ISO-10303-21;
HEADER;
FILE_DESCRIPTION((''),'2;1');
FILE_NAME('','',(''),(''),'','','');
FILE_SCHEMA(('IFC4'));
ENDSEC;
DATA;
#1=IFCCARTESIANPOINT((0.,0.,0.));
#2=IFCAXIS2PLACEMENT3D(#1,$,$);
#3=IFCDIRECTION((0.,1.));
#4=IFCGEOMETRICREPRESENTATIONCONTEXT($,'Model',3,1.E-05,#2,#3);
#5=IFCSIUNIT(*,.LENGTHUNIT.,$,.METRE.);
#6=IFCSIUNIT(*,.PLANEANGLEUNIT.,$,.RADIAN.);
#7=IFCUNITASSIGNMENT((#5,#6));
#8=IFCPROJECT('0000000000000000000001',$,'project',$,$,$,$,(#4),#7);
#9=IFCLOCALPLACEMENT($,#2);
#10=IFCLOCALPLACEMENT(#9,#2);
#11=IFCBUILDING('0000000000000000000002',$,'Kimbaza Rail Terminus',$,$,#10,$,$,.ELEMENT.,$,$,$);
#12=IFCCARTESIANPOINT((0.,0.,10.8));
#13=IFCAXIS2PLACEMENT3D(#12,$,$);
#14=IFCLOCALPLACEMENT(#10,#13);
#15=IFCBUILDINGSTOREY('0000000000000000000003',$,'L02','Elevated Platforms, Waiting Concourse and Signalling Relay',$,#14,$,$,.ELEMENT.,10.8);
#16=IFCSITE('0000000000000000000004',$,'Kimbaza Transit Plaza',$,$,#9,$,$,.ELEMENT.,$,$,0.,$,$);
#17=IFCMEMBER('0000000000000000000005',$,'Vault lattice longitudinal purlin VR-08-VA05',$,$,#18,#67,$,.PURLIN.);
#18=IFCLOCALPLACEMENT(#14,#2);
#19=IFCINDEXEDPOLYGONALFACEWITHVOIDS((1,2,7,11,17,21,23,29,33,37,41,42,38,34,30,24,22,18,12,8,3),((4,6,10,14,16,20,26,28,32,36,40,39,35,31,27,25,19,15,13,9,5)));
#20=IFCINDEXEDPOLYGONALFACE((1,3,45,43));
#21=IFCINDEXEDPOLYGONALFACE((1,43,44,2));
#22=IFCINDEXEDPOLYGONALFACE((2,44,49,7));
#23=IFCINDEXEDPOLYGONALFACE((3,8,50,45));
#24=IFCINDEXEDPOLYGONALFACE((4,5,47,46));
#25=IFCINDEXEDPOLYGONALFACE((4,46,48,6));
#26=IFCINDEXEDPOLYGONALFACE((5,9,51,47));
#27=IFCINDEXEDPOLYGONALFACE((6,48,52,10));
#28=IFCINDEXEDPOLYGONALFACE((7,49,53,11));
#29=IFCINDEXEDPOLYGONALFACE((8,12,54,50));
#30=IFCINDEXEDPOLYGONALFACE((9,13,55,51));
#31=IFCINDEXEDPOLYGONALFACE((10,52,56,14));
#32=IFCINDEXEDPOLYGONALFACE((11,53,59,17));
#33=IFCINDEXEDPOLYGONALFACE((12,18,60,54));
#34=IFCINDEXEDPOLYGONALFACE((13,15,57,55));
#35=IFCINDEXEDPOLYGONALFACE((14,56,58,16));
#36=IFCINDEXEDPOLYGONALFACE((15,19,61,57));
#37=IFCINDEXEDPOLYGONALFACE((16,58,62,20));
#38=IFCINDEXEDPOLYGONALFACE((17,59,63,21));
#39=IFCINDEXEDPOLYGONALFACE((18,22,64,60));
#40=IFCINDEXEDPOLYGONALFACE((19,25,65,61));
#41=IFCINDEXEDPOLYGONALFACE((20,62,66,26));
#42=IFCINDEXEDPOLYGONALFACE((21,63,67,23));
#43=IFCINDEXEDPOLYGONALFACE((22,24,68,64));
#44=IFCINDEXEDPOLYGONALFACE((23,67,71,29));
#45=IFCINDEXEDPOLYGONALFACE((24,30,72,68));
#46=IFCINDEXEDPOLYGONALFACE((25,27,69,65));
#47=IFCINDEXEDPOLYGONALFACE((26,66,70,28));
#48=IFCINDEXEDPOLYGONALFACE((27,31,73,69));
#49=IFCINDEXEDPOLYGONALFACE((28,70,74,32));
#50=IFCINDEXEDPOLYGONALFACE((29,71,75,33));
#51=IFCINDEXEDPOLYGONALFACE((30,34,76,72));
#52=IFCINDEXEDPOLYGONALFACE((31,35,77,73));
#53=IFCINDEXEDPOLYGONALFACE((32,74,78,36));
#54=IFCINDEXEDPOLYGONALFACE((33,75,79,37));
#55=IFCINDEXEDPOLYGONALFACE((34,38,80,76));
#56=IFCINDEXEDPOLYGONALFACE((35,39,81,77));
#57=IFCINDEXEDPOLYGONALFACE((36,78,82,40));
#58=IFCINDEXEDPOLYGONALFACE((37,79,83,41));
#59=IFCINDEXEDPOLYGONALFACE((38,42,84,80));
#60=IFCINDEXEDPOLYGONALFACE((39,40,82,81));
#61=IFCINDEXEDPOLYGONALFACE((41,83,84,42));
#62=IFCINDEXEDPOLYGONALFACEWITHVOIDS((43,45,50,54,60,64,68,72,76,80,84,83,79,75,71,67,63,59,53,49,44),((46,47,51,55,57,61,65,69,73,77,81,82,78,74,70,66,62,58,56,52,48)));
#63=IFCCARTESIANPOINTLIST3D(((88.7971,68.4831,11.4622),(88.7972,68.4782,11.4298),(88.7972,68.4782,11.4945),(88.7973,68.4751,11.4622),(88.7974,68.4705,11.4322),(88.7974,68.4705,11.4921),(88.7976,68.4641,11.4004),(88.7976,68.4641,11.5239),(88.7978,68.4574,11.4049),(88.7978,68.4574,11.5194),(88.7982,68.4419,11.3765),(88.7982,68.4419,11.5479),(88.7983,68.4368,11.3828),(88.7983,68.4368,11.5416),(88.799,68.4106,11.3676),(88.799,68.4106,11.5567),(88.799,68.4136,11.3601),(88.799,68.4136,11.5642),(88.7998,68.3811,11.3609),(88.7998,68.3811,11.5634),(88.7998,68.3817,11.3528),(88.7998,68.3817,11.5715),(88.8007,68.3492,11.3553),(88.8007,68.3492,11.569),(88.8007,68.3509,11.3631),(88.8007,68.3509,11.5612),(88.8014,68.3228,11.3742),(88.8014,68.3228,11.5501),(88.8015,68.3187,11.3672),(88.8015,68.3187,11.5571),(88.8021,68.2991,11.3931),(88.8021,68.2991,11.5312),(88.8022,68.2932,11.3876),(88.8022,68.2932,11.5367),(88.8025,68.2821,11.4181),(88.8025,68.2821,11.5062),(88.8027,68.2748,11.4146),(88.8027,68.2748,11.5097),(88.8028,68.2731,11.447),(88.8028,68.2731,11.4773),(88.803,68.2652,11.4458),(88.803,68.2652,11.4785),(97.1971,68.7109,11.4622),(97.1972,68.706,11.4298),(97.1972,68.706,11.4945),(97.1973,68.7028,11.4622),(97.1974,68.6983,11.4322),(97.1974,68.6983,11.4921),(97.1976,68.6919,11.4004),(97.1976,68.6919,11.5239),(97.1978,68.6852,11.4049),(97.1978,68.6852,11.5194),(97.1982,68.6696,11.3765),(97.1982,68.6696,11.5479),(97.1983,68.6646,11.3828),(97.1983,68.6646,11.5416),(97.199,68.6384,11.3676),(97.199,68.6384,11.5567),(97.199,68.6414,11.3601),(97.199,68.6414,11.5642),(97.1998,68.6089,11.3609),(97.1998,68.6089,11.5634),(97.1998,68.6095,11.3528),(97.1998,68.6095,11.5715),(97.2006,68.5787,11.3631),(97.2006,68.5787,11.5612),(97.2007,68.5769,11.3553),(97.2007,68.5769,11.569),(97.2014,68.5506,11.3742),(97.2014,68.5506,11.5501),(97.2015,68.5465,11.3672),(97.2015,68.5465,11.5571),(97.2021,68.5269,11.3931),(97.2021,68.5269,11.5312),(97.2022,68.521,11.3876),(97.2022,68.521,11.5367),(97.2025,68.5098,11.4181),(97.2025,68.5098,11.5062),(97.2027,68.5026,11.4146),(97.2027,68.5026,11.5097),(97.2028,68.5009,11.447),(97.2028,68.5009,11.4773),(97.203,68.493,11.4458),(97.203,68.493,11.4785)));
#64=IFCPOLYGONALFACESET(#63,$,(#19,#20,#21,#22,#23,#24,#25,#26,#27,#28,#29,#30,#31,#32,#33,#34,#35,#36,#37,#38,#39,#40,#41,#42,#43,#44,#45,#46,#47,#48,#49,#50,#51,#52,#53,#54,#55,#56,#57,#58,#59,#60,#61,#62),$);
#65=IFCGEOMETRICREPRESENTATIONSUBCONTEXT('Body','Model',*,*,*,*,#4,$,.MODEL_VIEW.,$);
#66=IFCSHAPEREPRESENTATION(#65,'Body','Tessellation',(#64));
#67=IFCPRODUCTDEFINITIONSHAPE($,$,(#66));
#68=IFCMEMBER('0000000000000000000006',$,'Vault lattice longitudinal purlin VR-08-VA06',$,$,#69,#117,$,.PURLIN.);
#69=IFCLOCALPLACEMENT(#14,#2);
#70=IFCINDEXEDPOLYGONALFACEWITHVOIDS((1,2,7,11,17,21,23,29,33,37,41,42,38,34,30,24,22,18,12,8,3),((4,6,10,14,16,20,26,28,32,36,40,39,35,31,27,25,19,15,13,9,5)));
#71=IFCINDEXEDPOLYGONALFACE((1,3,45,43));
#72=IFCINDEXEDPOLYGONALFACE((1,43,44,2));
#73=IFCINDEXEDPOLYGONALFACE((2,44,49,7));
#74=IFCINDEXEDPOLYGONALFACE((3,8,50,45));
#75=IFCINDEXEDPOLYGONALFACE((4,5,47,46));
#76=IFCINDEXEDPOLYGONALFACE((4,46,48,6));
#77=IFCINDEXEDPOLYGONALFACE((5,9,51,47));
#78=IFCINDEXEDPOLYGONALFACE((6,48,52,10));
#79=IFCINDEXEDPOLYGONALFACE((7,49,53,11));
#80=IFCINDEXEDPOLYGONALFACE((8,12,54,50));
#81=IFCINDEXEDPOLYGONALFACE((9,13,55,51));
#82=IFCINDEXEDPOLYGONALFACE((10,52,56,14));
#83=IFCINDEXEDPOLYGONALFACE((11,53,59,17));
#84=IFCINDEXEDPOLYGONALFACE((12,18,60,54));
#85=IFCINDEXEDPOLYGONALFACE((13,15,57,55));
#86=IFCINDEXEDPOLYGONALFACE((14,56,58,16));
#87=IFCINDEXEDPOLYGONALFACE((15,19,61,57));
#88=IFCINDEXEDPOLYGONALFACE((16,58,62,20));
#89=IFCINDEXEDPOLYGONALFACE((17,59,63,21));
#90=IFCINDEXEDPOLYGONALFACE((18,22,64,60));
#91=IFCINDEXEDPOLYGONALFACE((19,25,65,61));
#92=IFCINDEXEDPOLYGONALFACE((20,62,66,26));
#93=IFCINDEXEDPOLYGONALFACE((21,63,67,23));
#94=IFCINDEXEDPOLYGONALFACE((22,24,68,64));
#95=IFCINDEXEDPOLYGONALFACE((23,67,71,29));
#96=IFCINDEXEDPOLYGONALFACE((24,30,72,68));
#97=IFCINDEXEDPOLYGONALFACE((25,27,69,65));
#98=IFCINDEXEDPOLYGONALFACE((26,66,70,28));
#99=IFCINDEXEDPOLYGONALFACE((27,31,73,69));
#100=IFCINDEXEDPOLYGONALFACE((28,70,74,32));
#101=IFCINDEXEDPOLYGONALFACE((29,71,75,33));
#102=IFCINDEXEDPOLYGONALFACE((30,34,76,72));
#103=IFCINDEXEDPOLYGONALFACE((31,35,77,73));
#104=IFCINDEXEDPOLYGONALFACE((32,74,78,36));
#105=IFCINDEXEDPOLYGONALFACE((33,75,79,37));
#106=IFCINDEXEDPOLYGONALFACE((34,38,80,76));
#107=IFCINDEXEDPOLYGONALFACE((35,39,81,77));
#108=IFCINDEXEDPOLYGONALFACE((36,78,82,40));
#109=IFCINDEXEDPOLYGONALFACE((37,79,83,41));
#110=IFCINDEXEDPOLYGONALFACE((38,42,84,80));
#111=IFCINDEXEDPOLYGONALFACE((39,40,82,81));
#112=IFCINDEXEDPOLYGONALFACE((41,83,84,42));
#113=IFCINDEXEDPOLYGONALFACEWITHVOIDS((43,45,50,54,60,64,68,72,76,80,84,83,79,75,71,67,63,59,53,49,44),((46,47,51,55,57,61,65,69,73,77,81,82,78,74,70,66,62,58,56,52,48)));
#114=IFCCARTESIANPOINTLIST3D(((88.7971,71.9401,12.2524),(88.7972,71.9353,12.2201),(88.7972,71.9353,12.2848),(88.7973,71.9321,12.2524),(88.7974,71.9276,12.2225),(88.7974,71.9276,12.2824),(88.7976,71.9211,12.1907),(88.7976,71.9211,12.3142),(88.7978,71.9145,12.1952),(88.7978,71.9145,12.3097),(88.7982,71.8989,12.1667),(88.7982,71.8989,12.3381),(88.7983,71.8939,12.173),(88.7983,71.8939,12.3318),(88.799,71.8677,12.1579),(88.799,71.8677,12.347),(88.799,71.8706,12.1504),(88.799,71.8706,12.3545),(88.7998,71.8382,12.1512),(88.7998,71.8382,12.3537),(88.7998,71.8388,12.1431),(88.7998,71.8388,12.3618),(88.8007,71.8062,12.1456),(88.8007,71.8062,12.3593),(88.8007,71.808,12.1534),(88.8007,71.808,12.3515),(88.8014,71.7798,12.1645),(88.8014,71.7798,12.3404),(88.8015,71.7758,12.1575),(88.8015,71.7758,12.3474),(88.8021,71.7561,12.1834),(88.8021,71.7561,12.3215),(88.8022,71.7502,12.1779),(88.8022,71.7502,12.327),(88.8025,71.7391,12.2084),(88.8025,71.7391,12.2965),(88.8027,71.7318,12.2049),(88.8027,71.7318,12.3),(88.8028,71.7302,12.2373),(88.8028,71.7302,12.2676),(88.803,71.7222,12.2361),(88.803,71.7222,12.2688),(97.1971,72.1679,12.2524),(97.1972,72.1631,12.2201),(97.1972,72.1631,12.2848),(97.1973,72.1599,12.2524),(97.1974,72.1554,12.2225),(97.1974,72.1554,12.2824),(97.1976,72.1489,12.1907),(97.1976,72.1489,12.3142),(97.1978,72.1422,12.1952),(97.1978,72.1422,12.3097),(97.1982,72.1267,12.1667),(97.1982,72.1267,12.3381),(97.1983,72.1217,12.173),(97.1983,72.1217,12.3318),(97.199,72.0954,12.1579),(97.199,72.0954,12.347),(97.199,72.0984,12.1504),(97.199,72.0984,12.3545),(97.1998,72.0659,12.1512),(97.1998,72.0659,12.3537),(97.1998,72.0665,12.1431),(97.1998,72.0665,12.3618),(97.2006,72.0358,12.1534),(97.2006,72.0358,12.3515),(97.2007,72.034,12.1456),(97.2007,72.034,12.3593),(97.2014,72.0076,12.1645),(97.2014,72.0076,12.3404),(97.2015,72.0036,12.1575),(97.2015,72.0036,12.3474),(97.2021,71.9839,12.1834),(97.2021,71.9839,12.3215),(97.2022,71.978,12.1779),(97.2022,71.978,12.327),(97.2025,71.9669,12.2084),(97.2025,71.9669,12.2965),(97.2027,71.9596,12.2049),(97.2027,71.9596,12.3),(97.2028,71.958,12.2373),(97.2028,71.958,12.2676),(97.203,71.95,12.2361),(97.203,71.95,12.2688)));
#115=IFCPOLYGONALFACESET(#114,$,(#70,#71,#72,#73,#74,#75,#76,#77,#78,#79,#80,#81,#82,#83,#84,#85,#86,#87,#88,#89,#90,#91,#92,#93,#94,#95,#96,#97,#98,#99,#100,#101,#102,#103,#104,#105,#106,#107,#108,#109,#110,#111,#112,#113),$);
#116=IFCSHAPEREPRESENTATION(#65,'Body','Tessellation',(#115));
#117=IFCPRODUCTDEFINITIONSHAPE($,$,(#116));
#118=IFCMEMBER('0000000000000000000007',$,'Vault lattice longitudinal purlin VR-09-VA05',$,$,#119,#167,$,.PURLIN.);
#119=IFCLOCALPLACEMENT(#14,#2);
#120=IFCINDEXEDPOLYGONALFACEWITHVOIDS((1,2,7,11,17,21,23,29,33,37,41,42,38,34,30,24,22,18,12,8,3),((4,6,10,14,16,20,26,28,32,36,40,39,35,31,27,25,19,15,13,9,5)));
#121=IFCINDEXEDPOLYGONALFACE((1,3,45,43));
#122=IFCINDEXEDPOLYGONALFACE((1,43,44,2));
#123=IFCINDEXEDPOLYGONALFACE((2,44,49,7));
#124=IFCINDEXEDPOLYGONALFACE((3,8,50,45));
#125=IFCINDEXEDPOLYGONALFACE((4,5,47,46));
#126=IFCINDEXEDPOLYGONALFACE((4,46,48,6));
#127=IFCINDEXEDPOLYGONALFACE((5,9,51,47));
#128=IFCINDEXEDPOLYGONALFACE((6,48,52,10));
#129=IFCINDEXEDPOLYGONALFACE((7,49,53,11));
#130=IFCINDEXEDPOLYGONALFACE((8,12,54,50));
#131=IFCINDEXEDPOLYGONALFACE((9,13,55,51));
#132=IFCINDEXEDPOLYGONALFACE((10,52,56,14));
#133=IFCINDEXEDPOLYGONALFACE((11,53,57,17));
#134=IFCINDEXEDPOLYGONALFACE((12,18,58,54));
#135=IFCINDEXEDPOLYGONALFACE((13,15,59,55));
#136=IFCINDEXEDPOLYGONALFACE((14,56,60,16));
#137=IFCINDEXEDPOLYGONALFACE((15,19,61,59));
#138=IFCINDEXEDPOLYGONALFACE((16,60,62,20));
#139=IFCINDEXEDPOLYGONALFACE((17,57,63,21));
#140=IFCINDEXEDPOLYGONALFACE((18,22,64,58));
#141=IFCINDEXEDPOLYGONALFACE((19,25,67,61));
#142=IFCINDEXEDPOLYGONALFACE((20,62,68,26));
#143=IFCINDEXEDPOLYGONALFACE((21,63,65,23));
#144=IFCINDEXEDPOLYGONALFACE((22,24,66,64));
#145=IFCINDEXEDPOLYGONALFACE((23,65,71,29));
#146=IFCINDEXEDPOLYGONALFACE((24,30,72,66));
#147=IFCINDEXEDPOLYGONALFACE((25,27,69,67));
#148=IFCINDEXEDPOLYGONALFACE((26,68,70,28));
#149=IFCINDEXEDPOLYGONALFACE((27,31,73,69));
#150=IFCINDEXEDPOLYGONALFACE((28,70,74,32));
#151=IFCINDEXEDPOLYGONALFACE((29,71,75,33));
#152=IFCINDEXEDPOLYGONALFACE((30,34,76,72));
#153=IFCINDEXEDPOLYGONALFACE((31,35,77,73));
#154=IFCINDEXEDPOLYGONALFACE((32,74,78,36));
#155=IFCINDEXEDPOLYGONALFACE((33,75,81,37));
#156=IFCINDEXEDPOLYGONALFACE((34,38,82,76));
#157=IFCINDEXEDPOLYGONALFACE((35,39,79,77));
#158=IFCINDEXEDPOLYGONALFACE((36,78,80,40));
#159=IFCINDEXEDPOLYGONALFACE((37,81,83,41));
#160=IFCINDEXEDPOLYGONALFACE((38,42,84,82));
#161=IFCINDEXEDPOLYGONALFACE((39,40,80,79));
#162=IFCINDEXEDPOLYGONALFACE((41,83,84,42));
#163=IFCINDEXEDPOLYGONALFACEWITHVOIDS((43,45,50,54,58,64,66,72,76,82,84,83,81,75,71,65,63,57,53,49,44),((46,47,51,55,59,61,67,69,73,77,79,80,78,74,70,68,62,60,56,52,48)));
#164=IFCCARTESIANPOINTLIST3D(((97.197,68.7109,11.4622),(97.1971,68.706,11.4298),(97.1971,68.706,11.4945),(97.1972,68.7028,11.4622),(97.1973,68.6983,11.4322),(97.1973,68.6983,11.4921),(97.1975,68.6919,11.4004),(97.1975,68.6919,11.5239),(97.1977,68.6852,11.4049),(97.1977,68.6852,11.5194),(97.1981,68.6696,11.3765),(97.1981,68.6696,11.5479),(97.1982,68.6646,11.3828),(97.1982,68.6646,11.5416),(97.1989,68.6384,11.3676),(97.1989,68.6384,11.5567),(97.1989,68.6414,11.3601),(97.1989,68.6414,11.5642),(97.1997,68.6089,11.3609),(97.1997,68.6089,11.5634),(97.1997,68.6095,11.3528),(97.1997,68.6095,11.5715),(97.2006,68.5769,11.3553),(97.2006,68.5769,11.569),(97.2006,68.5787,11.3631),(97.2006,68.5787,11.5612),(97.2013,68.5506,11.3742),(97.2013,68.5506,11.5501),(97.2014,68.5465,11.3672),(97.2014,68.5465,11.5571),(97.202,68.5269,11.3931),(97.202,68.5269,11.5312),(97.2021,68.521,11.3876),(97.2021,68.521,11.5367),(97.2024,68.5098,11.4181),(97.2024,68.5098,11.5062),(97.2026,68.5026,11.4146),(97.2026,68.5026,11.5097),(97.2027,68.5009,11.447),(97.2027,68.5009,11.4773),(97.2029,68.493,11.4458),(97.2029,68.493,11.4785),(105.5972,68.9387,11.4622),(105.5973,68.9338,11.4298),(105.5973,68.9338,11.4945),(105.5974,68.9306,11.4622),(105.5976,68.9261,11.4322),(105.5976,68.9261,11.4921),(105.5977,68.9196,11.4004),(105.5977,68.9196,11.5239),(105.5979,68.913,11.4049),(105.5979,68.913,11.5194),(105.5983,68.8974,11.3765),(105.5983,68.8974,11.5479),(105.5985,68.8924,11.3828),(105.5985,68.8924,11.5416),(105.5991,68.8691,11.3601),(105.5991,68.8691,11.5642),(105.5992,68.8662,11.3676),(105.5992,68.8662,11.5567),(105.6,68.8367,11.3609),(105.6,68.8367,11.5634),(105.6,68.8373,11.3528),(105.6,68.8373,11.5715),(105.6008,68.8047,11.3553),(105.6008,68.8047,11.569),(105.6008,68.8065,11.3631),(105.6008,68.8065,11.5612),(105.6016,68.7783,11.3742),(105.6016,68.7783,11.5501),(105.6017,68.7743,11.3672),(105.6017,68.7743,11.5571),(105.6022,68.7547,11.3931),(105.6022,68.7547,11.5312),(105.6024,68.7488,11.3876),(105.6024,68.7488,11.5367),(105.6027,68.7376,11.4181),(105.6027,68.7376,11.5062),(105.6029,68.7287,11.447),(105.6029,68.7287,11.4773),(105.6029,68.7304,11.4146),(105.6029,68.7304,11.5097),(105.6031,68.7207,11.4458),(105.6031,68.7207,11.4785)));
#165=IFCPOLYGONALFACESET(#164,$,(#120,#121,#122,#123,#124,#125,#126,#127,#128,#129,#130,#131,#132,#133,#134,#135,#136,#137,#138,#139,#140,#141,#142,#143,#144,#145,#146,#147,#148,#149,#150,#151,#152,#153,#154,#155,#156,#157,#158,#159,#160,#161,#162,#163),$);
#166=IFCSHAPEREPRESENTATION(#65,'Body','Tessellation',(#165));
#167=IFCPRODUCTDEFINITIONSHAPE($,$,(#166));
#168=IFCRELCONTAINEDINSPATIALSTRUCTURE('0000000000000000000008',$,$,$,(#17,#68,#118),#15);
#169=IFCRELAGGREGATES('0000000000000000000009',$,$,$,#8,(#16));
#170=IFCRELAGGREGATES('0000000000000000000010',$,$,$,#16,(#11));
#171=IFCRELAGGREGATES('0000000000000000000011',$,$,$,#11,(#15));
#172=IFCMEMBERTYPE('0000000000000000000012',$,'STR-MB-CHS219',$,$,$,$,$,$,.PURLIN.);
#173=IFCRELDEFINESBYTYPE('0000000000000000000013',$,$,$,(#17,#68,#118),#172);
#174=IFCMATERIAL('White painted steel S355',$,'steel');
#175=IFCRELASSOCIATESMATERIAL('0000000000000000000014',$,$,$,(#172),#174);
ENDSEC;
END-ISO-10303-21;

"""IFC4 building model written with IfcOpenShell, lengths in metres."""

from ifc_helpers import new_model, si_unit, direction, frame, origin, origin_2d, place, context, subcontext, project, spatial, hollow_circle, extrude, material, material_profile, profile_set, type_object, element, save


model = new_model("IFC4")

# Units and contexts
model_context = context("Model", 3, precision=1e-05, world=origin(), true_north=direction((0.0, 1.0)))
body_context = subcontext(model_context, "Body", "Model", "MODEL_VIEW")
ifc_project = project(units=[si_unit("LENGTHUNIT", "METRE"), si_unit("PLANEANGLEUNIT", "RADIAN")], contexts=[model_context])

# Site, building, storey
site_placement = place(None, origin())
site = spatial("IfcSite", under=ifc_project, at=site_placement, Name="Kimbaza Transit Plaza", CompositionType="ELEMENT", RefElevation=0.0)
building_placement = place(site_placement, origin())
building = spatial("IfcBuilding", under=site, at=building_placement, Name="Kimbaza Rail Terminus", CompositionType="ELEMENT")
storey_placement = place(building_placement, frame((0.0, 0.0, 10.8)))
storey = spatial("IfcBuildingStorey", under=building, at=storey_placement, Name="L02", Description="Elevated Platforms, Waiting Concourse and Signalling Relay", CompositionType="ELEMENT", Elevation=10.8)

# Members
ifc_material_1 = material(Name="White painted steel S355", Category="steel")
ifc_material_profile_1 = material_profile(ifc_material_1, hollow_circle(Radius=0.1096, WallThickness=0.0081, at=origin_2d()), Name="CHS 219.1x8")
ifc_profile_set_1 = profile_set([ifc_material_profile_1], Name="White painted steel S355")
member_type_1 = type_object("IfcMemberType", Name="STR-MB-CHS219", PredefinedType="PURLIN", material=ifc_profile_set_1)
for number, where, z_axis, x_axis, name in (
    (1, (88.8, 68.3735, 11.4622), (0.999633, 0.027107, 0.0), (-0.027107, 0.999633, 0.0), "Vault lattice longitudinal purlin VR-08-VA05"),
    (2, (88.8, 71.8306, 12.2524), (0.999633, 0.027107, 0.0), (-0.027107, 0.999633, 0.0), "Vault lattice longitudinal purlin VR-08-VA06"),
):
    element("IfcMember", number, at=place(storey_placement, frame(where, z_axis=z_axis, x_axis=x_axis)), inside=storey, type_object=member_type_1, Name=name, PredefinedType="PURLIN", context=body_context, shape_type="SweptSolid", body=[
        extrude(hollow_circle(Radius=0.1096, WallThickness=0.0081, at=origin_2d()), origin(), (0.0, 0.0, 1.0), 8.4031),
    ])
for number, where, z_axis, x_axis, name in (
    (3, (97.2, 68.6013, 11.4622), (0.999633, 0.027107, 0.0), (-0.027107, 0.999633, 0.0), "Vault lattice longitudinal purlin VR-09-VA05"),
):
    element("IfcMember", number, at=place(storey_placement, frame(where, z_axis=z_axis, x_axis=x_axis)), inside=storey, type_object=member_type_1, Name=name, PredefinedType="PURLIN", context=body_context, shape_type="SweptSolid", body=[
        extrude(hollow_circle(Radius=0.1096, WallThickness=0.0081, at=origin_2d()), origin(), (0.0, 0.0, 1.0), 8.4033),
    ])

save(model, "model.ifc")
